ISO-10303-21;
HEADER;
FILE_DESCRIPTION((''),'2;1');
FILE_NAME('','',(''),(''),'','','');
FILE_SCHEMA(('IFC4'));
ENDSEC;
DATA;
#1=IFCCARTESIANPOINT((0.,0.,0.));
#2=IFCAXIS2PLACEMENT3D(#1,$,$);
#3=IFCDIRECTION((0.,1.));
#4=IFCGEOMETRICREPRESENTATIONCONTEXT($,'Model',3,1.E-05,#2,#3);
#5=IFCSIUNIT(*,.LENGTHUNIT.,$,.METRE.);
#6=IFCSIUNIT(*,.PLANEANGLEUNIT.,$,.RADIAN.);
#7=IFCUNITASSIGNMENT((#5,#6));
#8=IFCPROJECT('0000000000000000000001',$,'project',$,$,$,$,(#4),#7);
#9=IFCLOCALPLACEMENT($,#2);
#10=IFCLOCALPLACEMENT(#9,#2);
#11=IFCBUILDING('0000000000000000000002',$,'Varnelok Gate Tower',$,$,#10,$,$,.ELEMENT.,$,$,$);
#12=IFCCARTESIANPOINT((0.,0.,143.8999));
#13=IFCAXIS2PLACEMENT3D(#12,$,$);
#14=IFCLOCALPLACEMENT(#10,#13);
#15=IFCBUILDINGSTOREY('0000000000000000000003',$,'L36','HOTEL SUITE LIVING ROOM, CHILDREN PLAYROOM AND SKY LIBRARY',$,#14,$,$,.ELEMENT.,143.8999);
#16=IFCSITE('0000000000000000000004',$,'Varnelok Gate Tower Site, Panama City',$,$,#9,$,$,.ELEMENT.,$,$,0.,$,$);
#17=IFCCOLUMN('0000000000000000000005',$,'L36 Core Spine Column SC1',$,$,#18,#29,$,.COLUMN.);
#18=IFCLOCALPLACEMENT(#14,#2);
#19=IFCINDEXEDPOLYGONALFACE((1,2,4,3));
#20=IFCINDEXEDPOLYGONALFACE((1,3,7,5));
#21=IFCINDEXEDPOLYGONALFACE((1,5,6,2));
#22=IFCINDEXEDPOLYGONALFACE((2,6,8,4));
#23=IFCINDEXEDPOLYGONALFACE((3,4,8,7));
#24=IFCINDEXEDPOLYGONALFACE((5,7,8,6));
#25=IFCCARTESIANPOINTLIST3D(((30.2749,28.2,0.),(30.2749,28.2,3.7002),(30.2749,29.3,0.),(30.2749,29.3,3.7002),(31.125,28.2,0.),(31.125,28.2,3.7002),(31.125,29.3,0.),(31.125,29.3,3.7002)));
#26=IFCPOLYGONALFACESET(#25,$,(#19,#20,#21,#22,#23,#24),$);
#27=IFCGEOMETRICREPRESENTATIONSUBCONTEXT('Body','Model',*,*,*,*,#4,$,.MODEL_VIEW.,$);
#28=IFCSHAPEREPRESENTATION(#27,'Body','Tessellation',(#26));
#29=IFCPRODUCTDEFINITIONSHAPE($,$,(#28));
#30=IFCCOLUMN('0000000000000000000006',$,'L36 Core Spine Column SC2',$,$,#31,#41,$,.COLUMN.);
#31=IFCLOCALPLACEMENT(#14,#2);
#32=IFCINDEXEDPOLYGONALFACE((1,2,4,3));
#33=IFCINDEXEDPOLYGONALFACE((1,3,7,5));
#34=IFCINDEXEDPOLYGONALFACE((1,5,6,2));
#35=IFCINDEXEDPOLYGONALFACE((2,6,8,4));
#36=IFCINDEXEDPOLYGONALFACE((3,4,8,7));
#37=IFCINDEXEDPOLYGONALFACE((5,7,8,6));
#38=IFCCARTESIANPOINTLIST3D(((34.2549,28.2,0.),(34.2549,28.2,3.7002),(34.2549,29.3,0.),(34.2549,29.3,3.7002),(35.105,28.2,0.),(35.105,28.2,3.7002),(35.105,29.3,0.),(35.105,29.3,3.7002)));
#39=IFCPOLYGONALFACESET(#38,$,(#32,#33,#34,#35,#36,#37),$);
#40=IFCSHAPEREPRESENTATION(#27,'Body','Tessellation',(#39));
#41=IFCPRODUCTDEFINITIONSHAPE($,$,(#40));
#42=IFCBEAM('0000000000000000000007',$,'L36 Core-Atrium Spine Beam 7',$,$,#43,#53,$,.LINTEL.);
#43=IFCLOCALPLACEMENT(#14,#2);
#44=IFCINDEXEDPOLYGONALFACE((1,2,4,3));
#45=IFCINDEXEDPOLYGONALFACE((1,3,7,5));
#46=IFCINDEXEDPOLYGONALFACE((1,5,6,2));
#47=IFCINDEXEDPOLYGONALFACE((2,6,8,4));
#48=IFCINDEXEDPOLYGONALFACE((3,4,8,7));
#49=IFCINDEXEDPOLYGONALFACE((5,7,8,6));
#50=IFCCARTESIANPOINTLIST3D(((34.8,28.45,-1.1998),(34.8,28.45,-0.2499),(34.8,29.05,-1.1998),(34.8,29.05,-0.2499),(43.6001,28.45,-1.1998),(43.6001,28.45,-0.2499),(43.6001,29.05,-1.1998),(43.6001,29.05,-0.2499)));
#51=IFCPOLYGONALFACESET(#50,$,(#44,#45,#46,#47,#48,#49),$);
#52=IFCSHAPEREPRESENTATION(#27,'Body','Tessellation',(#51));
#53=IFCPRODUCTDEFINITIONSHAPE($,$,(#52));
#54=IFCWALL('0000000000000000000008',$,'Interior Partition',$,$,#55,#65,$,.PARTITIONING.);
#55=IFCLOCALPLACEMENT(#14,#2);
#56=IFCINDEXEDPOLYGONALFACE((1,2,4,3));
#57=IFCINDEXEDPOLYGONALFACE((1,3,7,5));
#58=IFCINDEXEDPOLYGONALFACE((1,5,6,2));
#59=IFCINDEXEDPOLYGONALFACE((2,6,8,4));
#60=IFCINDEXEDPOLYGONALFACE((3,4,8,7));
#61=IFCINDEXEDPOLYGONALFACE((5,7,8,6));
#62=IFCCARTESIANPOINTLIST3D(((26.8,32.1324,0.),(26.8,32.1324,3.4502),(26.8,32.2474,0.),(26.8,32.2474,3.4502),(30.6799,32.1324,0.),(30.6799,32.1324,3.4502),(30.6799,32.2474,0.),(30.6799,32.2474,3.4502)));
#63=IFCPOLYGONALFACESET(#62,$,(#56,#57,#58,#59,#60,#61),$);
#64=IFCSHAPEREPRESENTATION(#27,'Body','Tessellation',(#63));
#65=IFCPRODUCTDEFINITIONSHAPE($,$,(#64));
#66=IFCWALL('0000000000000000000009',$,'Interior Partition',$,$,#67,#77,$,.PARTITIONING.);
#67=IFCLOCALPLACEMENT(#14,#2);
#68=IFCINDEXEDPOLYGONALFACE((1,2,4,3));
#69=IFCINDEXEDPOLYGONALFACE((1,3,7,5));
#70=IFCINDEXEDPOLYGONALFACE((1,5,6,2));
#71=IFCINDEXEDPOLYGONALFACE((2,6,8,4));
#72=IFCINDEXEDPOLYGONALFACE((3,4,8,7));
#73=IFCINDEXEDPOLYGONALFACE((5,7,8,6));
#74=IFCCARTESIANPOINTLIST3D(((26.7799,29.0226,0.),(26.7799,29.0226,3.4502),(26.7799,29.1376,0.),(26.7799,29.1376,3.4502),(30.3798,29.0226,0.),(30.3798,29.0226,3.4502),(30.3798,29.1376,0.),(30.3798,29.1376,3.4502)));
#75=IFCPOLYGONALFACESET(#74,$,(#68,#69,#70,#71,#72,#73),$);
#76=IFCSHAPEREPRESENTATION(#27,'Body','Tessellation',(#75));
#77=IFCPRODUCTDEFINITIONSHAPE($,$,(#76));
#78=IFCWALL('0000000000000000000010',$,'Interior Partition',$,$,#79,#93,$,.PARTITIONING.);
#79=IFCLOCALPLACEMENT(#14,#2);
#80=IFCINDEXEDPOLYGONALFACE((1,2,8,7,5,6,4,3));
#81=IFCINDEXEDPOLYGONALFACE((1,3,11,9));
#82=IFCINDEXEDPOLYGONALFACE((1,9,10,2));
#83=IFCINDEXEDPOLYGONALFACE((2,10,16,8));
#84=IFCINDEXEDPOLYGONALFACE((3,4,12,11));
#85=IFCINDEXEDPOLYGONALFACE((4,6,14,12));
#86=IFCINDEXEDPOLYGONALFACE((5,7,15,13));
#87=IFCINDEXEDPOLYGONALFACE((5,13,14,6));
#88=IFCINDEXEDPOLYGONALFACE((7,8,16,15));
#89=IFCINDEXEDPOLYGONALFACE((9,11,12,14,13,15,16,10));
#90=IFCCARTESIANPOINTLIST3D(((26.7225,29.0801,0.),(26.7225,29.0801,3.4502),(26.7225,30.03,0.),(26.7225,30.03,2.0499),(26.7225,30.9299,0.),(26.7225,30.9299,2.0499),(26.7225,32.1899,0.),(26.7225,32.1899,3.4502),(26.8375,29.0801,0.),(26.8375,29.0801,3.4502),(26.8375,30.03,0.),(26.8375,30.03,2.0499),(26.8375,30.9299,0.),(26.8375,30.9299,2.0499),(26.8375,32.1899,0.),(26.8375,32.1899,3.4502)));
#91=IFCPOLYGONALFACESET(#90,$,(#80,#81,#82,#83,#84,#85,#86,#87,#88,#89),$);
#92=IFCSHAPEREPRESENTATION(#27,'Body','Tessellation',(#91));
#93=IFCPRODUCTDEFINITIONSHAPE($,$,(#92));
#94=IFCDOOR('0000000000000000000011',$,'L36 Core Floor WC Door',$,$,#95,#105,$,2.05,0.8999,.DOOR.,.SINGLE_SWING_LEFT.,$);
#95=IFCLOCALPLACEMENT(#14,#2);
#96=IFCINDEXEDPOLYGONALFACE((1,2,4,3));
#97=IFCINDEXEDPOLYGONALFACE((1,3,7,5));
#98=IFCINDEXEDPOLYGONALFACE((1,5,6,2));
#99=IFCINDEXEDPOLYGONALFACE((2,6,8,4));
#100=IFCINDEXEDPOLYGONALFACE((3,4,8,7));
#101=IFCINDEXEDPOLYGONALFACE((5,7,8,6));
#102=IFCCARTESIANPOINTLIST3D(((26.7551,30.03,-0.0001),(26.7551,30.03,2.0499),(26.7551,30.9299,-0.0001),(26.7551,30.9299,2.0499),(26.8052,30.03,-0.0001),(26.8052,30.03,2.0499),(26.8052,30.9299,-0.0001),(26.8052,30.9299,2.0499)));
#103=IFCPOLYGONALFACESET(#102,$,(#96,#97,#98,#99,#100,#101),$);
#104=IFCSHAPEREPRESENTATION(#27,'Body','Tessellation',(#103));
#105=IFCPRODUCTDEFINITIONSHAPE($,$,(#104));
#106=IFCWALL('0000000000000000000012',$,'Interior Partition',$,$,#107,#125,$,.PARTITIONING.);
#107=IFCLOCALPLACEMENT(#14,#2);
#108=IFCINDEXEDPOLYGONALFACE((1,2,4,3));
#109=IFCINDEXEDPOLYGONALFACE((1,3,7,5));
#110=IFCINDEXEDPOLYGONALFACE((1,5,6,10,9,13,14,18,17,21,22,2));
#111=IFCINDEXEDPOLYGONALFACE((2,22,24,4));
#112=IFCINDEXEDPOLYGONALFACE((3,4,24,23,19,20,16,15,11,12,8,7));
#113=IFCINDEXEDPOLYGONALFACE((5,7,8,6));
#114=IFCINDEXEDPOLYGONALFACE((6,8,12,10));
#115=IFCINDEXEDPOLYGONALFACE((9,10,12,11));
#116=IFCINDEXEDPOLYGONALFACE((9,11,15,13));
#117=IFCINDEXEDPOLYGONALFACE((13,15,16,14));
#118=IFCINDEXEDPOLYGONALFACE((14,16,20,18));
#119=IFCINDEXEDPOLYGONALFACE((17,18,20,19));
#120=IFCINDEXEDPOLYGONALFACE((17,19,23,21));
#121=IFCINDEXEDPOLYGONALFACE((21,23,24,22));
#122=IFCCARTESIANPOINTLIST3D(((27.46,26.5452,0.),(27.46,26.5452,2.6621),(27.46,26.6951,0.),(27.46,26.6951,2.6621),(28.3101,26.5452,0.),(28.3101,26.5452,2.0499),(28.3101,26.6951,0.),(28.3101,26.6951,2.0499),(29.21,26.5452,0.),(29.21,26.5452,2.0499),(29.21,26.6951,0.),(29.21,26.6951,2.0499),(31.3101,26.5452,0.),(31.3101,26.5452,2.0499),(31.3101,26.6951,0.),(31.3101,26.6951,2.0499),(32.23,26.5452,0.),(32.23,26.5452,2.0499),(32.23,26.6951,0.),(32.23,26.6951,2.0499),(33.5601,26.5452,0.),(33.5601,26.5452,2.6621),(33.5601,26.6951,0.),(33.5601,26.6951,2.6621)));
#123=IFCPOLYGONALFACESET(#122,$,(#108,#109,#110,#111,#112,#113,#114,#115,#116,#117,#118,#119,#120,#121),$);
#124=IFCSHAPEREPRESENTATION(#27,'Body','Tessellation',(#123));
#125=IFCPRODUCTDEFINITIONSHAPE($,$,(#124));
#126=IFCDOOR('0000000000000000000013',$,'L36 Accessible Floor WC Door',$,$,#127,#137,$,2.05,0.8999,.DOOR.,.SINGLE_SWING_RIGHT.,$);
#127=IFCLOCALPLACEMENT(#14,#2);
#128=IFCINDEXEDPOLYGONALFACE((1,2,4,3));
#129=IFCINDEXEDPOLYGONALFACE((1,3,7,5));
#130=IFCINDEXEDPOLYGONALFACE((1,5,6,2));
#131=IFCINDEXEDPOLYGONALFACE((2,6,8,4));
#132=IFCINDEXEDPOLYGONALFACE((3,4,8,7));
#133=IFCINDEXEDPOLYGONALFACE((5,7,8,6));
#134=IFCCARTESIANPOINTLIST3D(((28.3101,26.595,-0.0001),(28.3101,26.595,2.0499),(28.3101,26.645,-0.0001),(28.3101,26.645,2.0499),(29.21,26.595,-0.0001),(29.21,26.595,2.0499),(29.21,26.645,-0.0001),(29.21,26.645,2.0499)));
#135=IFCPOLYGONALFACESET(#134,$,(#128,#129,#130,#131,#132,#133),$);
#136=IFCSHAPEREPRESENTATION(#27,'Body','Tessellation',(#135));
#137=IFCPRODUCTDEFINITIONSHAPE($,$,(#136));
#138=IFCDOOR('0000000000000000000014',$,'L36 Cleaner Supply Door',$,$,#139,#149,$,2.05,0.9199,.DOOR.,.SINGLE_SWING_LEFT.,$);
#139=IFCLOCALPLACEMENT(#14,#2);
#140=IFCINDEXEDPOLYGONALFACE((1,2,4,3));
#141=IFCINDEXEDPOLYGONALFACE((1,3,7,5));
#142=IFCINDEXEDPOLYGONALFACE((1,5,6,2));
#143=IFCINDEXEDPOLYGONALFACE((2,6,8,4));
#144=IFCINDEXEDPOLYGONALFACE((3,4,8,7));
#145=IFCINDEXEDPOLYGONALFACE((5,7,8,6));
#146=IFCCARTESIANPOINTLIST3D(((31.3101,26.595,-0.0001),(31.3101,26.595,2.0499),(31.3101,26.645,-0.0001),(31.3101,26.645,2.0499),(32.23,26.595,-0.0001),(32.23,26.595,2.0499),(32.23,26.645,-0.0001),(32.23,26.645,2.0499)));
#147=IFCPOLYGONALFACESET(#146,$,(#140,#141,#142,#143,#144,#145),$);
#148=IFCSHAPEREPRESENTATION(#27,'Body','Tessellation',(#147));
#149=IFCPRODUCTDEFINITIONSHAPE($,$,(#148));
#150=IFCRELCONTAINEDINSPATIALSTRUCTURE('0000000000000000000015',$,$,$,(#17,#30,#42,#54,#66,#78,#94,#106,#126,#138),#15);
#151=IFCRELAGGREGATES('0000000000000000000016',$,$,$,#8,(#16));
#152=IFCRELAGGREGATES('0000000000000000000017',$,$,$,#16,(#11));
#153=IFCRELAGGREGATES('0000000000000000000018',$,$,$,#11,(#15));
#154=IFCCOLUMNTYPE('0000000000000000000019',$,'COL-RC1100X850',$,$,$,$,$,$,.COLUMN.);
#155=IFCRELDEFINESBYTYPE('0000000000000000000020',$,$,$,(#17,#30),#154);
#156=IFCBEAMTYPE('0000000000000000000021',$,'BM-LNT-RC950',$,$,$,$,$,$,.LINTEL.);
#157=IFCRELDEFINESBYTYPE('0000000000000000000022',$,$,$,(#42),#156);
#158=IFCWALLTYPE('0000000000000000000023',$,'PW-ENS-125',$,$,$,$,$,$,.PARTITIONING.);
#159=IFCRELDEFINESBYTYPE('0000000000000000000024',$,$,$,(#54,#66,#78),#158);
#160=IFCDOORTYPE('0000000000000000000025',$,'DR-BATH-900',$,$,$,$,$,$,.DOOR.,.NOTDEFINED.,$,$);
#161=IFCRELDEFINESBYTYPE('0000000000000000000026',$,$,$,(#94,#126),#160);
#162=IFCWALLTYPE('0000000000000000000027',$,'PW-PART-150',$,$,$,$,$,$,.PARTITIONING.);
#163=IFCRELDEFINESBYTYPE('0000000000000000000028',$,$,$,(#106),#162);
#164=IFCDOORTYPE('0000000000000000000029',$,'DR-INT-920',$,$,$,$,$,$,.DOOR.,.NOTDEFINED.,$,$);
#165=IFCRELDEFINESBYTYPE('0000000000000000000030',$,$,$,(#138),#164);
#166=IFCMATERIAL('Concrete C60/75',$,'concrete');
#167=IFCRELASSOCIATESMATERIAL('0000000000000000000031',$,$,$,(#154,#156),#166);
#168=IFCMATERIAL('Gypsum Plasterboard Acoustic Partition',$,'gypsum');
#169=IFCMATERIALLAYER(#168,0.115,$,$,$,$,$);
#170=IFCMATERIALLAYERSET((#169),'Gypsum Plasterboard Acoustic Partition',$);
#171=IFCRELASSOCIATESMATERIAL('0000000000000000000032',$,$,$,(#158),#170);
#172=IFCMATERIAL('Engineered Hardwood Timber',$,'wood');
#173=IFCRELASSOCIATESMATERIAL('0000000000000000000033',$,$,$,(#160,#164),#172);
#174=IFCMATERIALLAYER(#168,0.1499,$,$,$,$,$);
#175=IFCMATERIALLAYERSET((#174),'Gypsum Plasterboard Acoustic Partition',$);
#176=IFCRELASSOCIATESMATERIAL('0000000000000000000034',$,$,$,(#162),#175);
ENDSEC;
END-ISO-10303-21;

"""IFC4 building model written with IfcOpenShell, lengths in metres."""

from ifc_helpers import new_model, si_unit, direction, frame, frame_2d, origin, origin_2d, place, context, subcontext, project, spatial, rectangle, extrude, material, layer, layer_set, material_profile, profile_set, type_object, element, fill, save


model = new_model("IFC4")

# Units and contexts
model_context = context("Model", 3, precision=1e-05, world=origin(), true_north=direction((0.0, 1.0)))
body_context = subcontext(model_context, "Body", "Model", "MODEL_VIEW")
ifc_project = project(units=[si_unit("LENGTHUNIT", "METRE"), si_unit("PLANEANGLEUNIT", "RADIAN")], contexts=[model_context])

# Site, building, storey
site_placement = place(None, origin())
site = spatial("IfcSite", under=ifc_project, at=site_placement, Name="Varnelok Gate Tower Site, Panama City", CompositionType="ELEMENT", RefElevation=0.0)
building_placement = place(site_placement, origin())
building = spatial("IfcBuilding", under=site, at=building_placement, Name="Varnelok Gate Tower", CompositionType="ELEMENT")
storey_placement = place(building_placement, frame((0.0, 0.0, 143.8999)))
storey = spatial("IfcBuildingStorey", under=building, at=storey_placement, Name="L36", Description="HOTEL SUITE LIVING ROOM, CHILDREN PLAYROOM AND SKY LIBRARY", CompositionType="ELEMENT", Elevation=143.8999)

# Columns
ifc_material_1 = material(Name="Concrete C60/75", Category="concrete")
ifc_material_profile_1 = material_profile(ifc_material_1, rectangle(XDim=0.8501, YDim=1.1001, at=origin_2d()), Name="RC1100X850")
ifc_profile_set_1 = profile_set([ifc_material_profile_1], Name="Concrete C60/75")
column_type = type_object("IfcColumnType", Name="COL-RC1100X850", PredefinedType="COLUMN", material=ifc_profile_set_1)
for number, where, z_axis, x_axis, name in (
    (1, (30.7, 28.75, 0.0), (0.0, 0.0, 1.0), (1.0, 0.0, 0.0), "L36 Core Spine Column SC1"),
    (2, (34.6799, 28.75, 0.0), (0.0, 0.0, 1.0), (1.0, 0.0, 0.0), "L36 Core Spine Column SC2"),
):
    element("IfcColumn", number, at=place(storey_placement, frame(where, z_axis=z_axis, x_axis=x_axis)), inside=storey, type_object=column_type, Name=name, PredefinedType="COLUMN", context=body_context, shape_type="SweptSolid", body=[
        extrude(rectangle(XDim=0.8501, YDim=1.1001, at=origin_2d()), origin(), (0.0, 0.0, 1.0), 3.7002),
    ])

# Beam
ifc_material_profile_2 = material_profile(ifc_material_1, rectangle(XDim=0.6001, YDim=0.95, at=origin_2d()), Name="RC950X600")
ifc_profile_set_2 = profile_set([ifc_material_profile_2], Name="Concrete C60/75")
beam_type = type_object("IfcBeamType", Name="BM-LNT-RC950", PredefinedType="LINTEL", material=ifc_profile_set_2)
beam_placement = place(storey_placement, frame((34.8, 28.75, -0.7249), z_axis=(1.0, 0.0, 0.0), x_axis=(0.0, 1.0, 0.0)))
element("IfcBeam", 3, at=beam_placement, inside=storey, type_object=beam_type, Name="L36 Core-Atrium Spine Beam 7", PredefinedType="LINTEL", context=body_context, shape_type="SweptSolid", body=[
    extrude(rectangle(XDim=0.6001, YDim=0.95, at=origin_2d()), origin(), (0.0, 0.0, 1.0), 8.8),
])

# Walls
ifc_material_2 = material(Name="Gypsum Plasterboard Acoustic Partition", Category="gypsum")
ifc_layer_1 = layer(ifc_material_2, 0.115)
ifc_layer_set_1 = layer_set([ifc_layer_1], Name="Gypsum Plasterboard Acoustic Partition")
wall_type_1 = type_object("IfcWallType", Name="PW-ENS-125", PredefinedType="PARTITIONING", material=ifc_layer_set_1)
wall_1_placement = place(storey_placement, frame((26.8, 32.1899, 0.0), z_axis=(0.0, 0.0, 1.0), x_axis=(1.0, 0.0, 0.0)))
element("IfcWall", 4, at=wall_1_placement, inside=storey, type_object=wall_type_1, Name="Interior Partition", PredefinedType="PARTITIONING", context=body_context, shape_type="SweptSolid", body=[
    extrude(rectangle(XDim=3.8799, YDim=0.115, at=frame_2d((1.9399, 0.0))), origin(), (0.0, 0.0, 1.0), 3.4502),
])
wall_2_placement = place(storey_placement, frame((26.78, 29.0801, 0.0), z_axis=(0.0, 0.0, 1.0), x_axis=(1.0, 0.0, 0.0)))
element("IfcWall", 5, at=wall_2_placement, inside=storey, type_object=wall_type_1, Name="Interior Partition", PredefinedType="PARTITIONING", context=body_context, shape_type="SweptSolid", body=[
    extrude(rectangle(XDim=3.5999, YDim=0.115, at=frame_2d((1.7998, 0.0))), origin(), (0.0, 0.0, 1.0), 3.4502),
])

# Wall, opening, door
wall_3_placement = place(storey_placement, frame((26.78, 29.0801, 0.0), z_axis=(0.0, 0.0, 1.0), x_axis=(0.0, 1.0, 0.0)))
wall_3 = element("IfcWall", 6, at=wall_3_placement, inside=storey, type_object=wall_type_1, Name="Interior Partition", PredefinedType="PARTITIONING", context=body_context, shape_type="SweptSolid", body=[
    extrude(rectangle(XDim=3.1099, YDim=0.115, at=frame_2d((1.5549, 0.0))), origin(), (0.0, 0.0, 1.0), 3.4502),
])
opening_1_placement = place(wall_3_placement, frame((0.95, 0.0, 0.0)))
opening_1 = element("IfcOpeningElement", 7, at=opening_1_placement, cuts=wall_3, PredefinedType="OPENING", context=body_context, shape_type="SweptSolid", body=[
    extrude(rectangle(XDim=0.8999, YDim=2.05, at=frame_2d((0.45, 1.0249))), frame((0.0, 0.0674, 0.0), z_axis=(0.0, -1.0, 0.0), x_axis=(1.0, 0.0, 0.0)), (0.0, 0.0, 1.0), 0.135),
])
ifc_material_3 = material(Name="Engineered Hardwood Timber", Category="wood")
door_type_1 = type_object("IfcDoorType", Name="DR-BATH-900", OperationType="NOTDEFINED", PredefinedType="DOOR", material=ifc_material_3)
door_1_placement = place(opening_1_placement, origin())
door_1 = element("IfcDoor", 8, at=door_1_placement, inside=storey, type_object=door_type_1, Name="L36 Core Floor WC Door", OperationType="SINGLE_SWING_LEFT", OverallHeight=2.05, OverallWidth=0.8999, PredefinedType="DOOR", context=body_context, shape_type="SweptSolid", body=[
    extrude(rectangle(XDim=0.8999, YDim=2.05, at=frame_2d((0.45, 1.0249))), frame((0.0, 0.0249, 0.0), z_axis=(0.0, -1.0, 0.0), x_axis=(1.0, 0.0, 0.0)), (0.0, 0.0, 1.0), 0.05),
])
fill(opening_1, door_1)

# Wall, openings, doors
ifc_layer_2 = layer(ifc_material_2, 0.1499)
ifc_layer_set_2 = layer_set([ifc_layer_2], Name="Gypsum Plasterboard Acoustic Partition")
wall_type_2 = type_object("IfcWallType", Name="PW-PART-150", PredefinedType="PARTITIONING", material=ifc_layer_set_2)
wall_4_placement = place(storey_placement, frame((27.46, 26.6201, 0.0), z_axis=(0.0, 0.0, 1.0), x_axis=(1.0, 0.0, 0.0)))
wall_4 = element("IfcWall", 9, at=wall_4_placement, inside=storey, type_object=wall_type_2, Name="Interior Partition", PredefinedType="PARTITIONING", context=body_context, shape_type="SweptSolid", body=[
    extrude(rectangle(XDim=6.1001, YDim=0.1499, at=frame_2d((3.05, 0.0))), origin(), (0.0, 0.0, 1.0), 2.6621),
])
opening_2_placement = place(wall_4_placement, frame((0.8501, 0.0, 0.0)))
opening_2 = element("IfcOpeningElement", 10, at=opening_2_placement, cuts=wall_4, PredefinedType="OPENING", context=body_context, shape_type="SweptSolid", body=[
    extrude(rectangle(XDim=0.8999, YDim=2.05, at=frame_2d((0.45, 1.0249))), frame((0.0, 0.085, 0.0), z_axis=(0.0, -1.0, 0.0), x_axis=(1.0, 0.0, 0.0)), (0.0, 0.0, 1.0), 0.1699),
])
opening_3_placement = place(wall_4_placement, frame((3.8501, 0.0, 0.0)))
opening_3 = element("IfcOpeningElement", 11, at=opening_3_placement, cuts=wall_4, PredefinedType="OPENING", context=body_context, shape_type="SweptSolid", body=[
    extrude(rectangle(XDim=0.9199, YDim=2.05, at=frame_2d((0.46, 1.0249))), frame((0.0, 0.085, 0.0), z_axis=(0.0, -1.0, 0.0), x_axis=(1.0, 0.0, 0.0)), (0.0, 0.0, 1.0), 0.1699),
])
door_2_placement = place(opening_2_placement, origin())
door_2 = element("IfcDoor", 12, at=door_2_placement, inside=storey, type_object=door_type_1, Name="L36 Accessible Floor WC Door", OperationType="SINGLE_SWING_RIGHT", OverallHeight=2.05, OverallWidth=0.8999, PredefinedType="DOOR", context=body_context, shape_type="SweptSolid", body=[
    extrude(rectangle(XDim=0.8999, YDim=2.05, at=frame_2d((0.45, 1.0249))), frame((0.0, 0.0249, 0.0), z_axis=(0.0, -1.0, 0.0), x_axis=(1.0, 0.0, 0.0)), (0.0, 0.0, 1.0), 0.05),
])
fill(opening_2, door_2)
door_type_2 = type_object("IfcDoorType", Name="DR-INT-920", OperationType="NOTDEFINED", PredefinedType="DOOR", material=ifc_material_3)
door_3_placement = place(opening_3_placement, origin())
door_3 = element("IfcDoor", 13, at=door_3_placement, inside=storey, type_object=door_type_2, Name="L36 Cleaner Supply Door", OperationType="SINGLE_SWING_LEFT", OverallHeight=2.05, OverallWidth=0.9199, PredefinedType="DOOR", context=body_context, shape_type="SweptSolid", body=[
    extrude(rectangle(XDim=0.9199, YDim=2.05, at=frame_2d((0.46, 1.0249))), frame((0.0, 0.0249, 0.0), z_axis=(0.0, -1.0, 0.0), x_axis=(1.0, 0.0, 0.0)), (0.0, 0.0, 1.0), 0.05),
])
fill(opening_3, door_3)

save(model, "model.ifc")
